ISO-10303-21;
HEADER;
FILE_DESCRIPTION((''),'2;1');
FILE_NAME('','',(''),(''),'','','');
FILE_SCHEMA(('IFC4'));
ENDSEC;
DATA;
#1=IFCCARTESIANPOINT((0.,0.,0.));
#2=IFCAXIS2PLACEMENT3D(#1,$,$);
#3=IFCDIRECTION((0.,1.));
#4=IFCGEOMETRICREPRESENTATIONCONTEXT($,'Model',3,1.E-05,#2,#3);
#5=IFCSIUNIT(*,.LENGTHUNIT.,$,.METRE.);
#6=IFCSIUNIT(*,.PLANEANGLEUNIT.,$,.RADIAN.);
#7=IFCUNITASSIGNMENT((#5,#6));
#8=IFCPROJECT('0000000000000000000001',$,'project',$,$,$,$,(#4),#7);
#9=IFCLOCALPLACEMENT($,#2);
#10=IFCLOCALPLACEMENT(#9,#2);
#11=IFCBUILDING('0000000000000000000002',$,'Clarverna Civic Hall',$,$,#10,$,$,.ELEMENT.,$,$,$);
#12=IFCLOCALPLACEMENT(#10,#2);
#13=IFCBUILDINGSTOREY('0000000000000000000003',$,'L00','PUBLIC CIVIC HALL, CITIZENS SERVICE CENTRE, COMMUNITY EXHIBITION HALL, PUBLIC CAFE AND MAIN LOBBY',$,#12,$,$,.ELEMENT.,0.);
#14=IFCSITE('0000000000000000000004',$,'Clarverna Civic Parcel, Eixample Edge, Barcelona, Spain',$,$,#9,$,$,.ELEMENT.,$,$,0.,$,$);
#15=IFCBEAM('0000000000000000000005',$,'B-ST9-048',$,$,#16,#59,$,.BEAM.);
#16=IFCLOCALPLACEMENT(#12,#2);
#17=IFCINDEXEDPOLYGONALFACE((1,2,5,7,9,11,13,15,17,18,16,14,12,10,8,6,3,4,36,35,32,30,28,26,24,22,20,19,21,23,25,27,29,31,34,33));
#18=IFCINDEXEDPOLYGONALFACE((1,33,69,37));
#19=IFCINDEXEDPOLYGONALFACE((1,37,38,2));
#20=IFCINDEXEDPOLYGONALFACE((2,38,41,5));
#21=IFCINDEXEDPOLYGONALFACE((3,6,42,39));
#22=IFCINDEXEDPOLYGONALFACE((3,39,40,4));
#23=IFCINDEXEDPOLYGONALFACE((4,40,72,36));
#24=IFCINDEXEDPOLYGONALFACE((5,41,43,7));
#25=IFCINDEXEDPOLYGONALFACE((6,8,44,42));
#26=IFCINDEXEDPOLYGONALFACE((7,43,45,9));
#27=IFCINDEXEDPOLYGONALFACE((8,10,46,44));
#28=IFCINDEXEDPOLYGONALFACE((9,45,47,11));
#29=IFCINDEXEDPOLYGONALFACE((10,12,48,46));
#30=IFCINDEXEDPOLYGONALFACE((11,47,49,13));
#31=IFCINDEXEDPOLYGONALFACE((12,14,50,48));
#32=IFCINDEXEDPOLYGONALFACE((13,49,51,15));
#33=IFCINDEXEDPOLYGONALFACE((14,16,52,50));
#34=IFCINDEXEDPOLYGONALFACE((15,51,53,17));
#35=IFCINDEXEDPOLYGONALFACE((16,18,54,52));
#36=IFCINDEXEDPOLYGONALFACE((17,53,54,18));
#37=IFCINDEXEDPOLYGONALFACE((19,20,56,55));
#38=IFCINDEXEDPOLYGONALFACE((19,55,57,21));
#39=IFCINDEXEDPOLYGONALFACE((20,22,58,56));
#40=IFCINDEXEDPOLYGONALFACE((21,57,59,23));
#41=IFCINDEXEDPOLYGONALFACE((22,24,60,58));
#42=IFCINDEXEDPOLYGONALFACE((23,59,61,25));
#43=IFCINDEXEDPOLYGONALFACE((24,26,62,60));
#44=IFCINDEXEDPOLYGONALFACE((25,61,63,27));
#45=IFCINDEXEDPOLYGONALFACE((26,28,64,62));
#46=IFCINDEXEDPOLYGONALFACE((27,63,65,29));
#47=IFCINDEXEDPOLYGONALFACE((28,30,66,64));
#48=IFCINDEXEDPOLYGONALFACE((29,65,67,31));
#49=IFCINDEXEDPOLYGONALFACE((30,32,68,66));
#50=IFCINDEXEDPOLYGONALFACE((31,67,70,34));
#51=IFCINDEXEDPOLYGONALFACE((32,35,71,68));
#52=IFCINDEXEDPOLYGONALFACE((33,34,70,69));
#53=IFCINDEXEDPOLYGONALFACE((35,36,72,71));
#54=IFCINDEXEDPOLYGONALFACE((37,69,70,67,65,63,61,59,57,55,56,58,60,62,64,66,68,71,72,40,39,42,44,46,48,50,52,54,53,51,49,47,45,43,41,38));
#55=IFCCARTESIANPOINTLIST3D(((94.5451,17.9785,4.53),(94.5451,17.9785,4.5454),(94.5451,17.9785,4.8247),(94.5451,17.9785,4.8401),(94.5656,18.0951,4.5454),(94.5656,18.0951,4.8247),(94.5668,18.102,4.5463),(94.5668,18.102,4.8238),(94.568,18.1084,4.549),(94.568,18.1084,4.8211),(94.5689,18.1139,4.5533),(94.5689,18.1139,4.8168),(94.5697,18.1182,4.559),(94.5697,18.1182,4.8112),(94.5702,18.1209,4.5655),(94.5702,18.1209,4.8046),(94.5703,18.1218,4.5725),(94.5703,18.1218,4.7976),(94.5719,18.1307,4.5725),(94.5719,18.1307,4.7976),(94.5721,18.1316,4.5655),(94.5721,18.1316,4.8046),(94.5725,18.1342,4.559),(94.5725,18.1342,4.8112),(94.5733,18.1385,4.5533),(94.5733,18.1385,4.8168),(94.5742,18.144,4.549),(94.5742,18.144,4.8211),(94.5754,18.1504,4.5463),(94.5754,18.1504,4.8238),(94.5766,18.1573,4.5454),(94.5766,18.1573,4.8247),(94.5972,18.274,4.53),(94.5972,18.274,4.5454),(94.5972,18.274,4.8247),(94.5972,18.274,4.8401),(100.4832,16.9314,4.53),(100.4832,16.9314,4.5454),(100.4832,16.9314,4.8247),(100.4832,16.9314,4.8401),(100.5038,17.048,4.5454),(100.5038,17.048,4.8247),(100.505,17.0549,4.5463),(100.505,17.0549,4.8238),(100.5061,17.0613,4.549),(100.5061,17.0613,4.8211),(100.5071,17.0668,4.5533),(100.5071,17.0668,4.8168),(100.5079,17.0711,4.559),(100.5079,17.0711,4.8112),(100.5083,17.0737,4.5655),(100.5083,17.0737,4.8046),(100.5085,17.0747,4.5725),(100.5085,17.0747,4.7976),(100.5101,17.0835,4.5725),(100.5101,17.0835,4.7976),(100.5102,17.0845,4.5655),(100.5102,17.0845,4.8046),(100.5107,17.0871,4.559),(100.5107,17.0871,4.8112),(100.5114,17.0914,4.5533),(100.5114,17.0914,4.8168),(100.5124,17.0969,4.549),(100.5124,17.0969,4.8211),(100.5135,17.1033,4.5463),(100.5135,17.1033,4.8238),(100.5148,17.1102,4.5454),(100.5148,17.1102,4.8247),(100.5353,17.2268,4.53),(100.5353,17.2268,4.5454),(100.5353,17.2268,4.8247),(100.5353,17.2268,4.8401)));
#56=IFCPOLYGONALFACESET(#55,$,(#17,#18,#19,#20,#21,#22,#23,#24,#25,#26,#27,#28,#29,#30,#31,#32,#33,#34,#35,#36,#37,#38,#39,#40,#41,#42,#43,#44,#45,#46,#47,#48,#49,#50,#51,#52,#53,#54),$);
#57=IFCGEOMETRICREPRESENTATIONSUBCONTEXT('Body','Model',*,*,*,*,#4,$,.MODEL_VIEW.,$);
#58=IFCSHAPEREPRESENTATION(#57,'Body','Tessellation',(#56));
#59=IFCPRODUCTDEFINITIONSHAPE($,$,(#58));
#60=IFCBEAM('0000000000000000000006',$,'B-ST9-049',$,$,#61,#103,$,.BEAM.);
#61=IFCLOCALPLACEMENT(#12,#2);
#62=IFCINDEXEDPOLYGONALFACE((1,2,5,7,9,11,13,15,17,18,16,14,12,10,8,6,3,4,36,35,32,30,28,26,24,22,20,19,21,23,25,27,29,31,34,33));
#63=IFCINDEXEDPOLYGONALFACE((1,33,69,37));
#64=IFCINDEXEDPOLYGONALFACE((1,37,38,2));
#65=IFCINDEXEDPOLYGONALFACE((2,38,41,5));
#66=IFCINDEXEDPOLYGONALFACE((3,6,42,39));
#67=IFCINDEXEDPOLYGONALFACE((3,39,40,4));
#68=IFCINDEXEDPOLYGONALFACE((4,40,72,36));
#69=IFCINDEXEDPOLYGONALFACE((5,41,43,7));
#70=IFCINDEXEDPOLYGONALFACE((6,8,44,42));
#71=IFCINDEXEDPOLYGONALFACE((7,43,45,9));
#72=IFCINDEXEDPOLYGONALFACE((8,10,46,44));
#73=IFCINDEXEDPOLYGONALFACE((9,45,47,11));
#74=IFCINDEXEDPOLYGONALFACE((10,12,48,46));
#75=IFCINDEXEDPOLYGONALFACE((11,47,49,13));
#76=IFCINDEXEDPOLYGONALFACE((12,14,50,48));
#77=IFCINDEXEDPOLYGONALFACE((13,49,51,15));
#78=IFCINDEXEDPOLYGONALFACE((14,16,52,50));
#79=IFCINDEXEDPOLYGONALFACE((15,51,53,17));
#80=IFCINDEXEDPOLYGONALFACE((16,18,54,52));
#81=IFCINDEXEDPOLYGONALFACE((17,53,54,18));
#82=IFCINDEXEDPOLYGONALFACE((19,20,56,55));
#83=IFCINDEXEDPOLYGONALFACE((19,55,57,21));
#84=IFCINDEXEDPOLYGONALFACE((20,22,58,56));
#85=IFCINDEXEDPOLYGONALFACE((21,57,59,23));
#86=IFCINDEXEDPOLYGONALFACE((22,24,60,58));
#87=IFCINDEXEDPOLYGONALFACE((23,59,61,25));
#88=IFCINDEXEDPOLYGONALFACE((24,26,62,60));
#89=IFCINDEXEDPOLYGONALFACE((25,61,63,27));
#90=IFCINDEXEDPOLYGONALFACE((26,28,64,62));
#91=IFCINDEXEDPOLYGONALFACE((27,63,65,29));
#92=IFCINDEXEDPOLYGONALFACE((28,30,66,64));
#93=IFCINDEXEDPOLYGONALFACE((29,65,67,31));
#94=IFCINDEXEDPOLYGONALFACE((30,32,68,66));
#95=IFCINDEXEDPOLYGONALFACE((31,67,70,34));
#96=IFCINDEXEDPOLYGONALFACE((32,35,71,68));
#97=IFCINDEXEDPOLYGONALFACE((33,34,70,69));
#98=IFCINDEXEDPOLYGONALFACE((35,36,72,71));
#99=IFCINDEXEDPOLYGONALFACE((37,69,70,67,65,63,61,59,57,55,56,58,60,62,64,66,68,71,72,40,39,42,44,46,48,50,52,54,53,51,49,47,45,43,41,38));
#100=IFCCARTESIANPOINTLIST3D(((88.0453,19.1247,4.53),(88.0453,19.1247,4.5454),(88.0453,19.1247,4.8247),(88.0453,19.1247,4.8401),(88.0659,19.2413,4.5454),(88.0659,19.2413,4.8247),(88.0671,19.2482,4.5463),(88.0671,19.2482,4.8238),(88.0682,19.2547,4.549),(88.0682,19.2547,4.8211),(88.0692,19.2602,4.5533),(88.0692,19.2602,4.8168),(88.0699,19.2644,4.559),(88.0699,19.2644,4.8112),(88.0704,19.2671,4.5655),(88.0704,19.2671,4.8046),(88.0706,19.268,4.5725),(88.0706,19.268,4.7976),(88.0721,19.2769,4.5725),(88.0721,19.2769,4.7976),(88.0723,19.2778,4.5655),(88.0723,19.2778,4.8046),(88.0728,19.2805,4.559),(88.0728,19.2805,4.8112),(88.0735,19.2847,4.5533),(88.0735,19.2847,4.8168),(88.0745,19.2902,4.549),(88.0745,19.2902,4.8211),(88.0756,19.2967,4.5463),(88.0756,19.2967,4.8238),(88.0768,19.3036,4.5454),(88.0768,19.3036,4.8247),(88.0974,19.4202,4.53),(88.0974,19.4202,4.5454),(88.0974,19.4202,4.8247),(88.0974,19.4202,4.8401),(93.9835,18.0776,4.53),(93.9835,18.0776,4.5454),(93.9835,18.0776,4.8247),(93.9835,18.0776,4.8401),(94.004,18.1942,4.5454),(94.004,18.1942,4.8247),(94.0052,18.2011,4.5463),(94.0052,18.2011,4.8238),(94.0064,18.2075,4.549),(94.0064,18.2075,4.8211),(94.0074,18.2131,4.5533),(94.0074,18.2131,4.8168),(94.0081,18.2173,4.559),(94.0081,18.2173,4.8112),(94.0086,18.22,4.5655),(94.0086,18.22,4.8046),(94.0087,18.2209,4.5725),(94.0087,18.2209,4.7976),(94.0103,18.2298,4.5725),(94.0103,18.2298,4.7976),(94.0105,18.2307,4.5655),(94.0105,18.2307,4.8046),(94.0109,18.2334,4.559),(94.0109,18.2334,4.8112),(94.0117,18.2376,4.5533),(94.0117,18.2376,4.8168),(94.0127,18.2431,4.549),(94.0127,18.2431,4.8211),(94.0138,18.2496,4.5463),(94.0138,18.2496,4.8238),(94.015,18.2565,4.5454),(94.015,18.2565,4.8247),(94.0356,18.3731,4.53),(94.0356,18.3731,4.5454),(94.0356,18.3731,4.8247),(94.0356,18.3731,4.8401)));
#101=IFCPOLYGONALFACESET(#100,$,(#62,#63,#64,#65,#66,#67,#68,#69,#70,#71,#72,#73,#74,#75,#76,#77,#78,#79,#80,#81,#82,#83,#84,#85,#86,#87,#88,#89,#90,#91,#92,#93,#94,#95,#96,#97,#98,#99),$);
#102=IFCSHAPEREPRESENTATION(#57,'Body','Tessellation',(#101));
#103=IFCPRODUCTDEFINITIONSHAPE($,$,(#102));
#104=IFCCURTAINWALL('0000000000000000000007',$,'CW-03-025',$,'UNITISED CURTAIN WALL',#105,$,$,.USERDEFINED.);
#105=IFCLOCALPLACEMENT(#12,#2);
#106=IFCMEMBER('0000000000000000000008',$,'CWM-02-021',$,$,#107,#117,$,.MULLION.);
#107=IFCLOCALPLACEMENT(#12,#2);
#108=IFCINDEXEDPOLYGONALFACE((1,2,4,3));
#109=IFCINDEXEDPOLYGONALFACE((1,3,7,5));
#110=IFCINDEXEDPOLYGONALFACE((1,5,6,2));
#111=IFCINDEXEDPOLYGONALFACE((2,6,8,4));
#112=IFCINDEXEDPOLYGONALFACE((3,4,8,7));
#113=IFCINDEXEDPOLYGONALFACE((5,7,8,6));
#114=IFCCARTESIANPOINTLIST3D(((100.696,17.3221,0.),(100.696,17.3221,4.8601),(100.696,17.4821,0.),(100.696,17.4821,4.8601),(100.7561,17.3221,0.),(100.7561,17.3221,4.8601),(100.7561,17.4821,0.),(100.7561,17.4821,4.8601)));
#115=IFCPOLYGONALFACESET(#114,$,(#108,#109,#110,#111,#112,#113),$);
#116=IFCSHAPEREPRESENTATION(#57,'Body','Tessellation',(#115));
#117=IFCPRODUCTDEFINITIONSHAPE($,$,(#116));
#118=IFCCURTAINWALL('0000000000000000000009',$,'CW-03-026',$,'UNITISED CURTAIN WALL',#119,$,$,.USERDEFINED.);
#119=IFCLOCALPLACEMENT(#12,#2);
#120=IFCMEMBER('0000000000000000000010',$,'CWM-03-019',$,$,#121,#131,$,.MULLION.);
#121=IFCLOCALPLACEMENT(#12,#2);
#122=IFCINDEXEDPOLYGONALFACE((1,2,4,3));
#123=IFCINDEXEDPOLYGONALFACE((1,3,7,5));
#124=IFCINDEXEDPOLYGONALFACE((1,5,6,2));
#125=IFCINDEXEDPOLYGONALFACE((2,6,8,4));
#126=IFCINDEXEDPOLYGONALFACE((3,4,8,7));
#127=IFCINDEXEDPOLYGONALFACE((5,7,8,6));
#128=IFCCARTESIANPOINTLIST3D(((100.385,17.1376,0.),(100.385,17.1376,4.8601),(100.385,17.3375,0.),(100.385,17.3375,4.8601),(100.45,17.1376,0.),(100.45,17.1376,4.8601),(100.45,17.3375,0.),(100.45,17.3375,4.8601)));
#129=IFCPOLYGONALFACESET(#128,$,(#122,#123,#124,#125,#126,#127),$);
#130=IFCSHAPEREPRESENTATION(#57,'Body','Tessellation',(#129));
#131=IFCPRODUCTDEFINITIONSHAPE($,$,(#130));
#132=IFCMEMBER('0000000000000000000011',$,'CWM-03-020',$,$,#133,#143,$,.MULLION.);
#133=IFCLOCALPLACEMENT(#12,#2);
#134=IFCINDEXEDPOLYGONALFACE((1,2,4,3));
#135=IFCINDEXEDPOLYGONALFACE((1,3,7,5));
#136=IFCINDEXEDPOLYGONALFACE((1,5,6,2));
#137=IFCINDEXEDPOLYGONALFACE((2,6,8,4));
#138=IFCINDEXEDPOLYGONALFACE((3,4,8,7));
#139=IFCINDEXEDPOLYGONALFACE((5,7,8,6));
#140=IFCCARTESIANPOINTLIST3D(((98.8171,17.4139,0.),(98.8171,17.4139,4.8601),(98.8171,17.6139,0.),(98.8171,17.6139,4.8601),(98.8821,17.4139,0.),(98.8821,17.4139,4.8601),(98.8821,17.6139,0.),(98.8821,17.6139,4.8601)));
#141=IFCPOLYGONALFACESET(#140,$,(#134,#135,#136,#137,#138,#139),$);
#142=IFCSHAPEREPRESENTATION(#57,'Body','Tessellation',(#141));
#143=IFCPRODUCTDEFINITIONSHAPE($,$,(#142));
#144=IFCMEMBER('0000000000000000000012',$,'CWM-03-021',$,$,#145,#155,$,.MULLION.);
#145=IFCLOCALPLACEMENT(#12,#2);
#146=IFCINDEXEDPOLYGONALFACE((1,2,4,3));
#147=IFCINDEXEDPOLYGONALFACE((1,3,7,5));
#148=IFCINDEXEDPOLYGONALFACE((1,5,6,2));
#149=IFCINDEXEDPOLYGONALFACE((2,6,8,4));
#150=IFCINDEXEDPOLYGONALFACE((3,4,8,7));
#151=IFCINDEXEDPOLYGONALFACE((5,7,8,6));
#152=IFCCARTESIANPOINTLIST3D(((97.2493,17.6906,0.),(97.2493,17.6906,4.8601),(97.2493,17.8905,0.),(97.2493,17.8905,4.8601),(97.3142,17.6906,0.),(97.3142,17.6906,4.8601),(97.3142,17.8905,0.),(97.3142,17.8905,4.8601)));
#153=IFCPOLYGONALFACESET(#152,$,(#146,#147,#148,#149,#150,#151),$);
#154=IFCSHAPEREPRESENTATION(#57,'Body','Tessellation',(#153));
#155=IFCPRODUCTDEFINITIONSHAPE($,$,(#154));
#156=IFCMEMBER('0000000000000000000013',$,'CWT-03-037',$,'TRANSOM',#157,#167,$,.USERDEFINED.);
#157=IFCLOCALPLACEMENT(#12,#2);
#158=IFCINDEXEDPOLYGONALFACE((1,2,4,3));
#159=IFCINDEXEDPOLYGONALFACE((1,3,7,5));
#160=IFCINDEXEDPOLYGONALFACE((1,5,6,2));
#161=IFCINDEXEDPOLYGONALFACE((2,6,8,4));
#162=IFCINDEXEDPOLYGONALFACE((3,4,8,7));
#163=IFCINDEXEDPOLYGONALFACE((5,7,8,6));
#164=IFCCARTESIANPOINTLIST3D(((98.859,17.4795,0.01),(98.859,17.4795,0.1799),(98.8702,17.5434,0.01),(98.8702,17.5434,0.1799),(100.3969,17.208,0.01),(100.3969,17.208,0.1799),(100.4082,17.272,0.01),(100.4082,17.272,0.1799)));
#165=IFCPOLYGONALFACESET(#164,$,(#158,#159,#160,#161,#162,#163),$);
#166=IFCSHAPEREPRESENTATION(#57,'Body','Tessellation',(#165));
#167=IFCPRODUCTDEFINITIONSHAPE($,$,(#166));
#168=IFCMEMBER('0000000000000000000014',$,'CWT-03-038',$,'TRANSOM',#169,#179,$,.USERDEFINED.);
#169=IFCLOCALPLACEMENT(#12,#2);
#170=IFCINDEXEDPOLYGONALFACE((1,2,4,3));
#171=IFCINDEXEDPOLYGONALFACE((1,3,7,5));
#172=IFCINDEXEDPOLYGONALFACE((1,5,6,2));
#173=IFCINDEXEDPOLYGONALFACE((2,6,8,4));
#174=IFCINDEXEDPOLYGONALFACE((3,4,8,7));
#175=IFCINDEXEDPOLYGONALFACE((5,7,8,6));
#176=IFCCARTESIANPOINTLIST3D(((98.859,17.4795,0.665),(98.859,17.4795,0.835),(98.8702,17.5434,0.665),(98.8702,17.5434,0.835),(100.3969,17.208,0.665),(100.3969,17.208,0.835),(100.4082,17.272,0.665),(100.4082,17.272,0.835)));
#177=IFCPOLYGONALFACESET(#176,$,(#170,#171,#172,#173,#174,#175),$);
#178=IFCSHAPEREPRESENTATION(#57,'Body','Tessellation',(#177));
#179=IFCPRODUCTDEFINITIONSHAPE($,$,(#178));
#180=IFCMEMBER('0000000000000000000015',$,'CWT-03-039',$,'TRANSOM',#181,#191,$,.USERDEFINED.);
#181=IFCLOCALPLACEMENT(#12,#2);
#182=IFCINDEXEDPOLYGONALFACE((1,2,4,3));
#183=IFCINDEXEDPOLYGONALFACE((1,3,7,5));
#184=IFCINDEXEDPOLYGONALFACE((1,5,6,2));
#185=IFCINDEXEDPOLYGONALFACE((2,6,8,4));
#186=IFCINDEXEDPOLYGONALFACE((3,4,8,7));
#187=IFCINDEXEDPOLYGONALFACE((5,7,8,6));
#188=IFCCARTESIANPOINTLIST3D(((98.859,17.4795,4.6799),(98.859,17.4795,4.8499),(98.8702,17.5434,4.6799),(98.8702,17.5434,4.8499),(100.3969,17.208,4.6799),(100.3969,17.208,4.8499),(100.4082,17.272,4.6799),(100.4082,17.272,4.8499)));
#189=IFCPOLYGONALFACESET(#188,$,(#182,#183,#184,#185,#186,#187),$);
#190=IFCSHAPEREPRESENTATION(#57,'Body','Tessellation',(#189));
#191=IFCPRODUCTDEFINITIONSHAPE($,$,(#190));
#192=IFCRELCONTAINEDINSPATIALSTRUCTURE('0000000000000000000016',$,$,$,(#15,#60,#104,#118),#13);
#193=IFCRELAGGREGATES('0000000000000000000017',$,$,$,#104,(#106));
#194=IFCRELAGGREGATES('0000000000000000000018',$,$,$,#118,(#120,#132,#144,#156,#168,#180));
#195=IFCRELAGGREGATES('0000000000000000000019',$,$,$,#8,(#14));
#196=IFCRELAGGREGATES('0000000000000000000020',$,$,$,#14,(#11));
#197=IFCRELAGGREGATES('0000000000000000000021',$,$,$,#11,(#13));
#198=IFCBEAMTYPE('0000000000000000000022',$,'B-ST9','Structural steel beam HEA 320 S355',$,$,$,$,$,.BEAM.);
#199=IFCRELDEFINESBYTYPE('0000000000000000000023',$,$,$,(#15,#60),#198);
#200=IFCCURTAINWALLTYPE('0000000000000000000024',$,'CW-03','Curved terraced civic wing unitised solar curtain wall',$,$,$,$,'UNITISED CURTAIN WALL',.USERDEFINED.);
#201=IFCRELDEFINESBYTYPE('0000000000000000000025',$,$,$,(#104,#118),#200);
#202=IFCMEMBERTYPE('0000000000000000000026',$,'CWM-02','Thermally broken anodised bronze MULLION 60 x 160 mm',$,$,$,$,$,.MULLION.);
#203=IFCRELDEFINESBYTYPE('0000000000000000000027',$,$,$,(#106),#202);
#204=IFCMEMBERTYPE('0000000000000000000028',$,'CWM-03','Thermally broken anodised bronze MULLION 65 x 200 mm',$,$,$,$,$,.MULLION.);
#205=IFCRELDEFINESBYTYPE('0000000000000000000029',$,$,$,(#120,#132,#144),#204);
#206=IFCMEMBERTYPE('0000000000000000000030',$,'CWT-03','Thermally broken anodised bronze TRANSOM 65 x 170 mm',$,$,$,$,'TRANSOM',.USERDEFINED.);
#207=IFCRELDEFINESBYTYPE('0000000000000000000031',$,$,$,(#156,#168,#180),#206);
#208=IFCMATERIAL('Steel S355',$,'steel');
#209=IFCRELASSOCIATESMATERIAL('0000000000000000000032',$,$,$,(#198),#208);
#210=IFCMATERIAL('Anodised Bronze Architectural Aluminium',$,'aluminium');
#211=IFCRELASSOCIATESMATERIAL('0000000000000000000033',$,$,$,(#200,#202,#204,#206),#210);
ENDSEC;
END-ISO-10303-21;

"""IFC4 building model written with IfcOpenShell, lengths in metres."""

from ifc_helpers import new_model, si_unit, direction, frame, origin, origin_2d, place, context, subcontext, project, spatial, rectangle, i_section, extrude, material, material_profile, profile_set, type_object, element, aggregate, save


model = new_model("IFC4")

# Units and contexts
model_context = context("Model", 3, precision=1e-05, world=origin(), true_north=direction((0.0, 1.0)))
body_context = subcontext(model_context, "Body", "Model", "MODEL_VIEW")
ifc_project = project(units=[si_unit("LENGTHUNIT", "METRE"), si_unit("PLANEANGLEUNIT", "RADIAN")], contexts=[model_context])

# Site, building, storey
site_placement = place(None, origin())
site = spatial("IfcSite", under=ifc_project, at=site_placement, Name="Clarverna Civic Parcel, Eixample Edge, Barcelona, Spain", CompositionType="ELEMENT", RefElevation=0.0)
building_placement = place(site_placement, origin())
building = spatial("IfcBuilding", under=site, at=building_placement, Name="Clarverna Civic Hall", CompositionType="ELEMENT")
storey_placement = place(building_placement, origin())
storey = spatial("IfcBuildingStorey", under=building, at=storey_placement, Name="L00", Description="PUBLIC CIVIC HALL, CITIZENS SERVICE CENTRE, COMMUNITY EXHIBITION HALL, PUBLIC CAFE AND MAIN LOBBY", CompositionType="ELEMENT", Elevation=0.0)

# Shared definitions
ifc_material_1 = material(Name="Steel S355", Category="steel")

# Beams
ifc_material_profile_1 = material_profile(ifc_material_1, i_section(OverallWidth=0.3, OverallDepth=0.3101, WebThickness=0.009, FlangeThickness=0.0154, FilletRadius=0.0271, at=origin_2d()), Name="HEA 320")
ifc_profile_set_1 = profile_set([ifc_material_profile_1], Name="Steel S355")
beam_type_1 = type_object("IfcBeamType", Name="B-ST9", Description="Structural steel beam HEA 320 S355", PredefinedType="BEAM", material=ifc_profile_set_1)
for number, where, z_axis, x_axis, name in (
    (1, (100.5093, 17.0791, 4.6851), (-0.984806, 0.173656, 0.0), (-0.173656, -0.984806, 0.0), "B-ST9-048"),
    (2, (94.0095, 18.2253, 4.6851), (-0.984806, 0.173656, 0.0), (-0.173656, -0.984806, 0.0), "B-ST9-049"),
):
    element("IfcBeam", number, at=place(storey_placement, frame(where, z_axis=z_axis, x_axis=x_axis)), inside=storey, type_object=beam_type_1, Name=name, PredefinedType="BEAM", context=body_context, shape_type="SweptSolid", body=[
        extrude(i_section(OverallWidth=0.3, OverallDepth=0.3101, WebThickness=0.009, FlangeThickness=0.0154, FilletRadius=0.0271, at=origin_2d()), origin(), (0.0, 0.0, 1.0), 6.0298),
    ])

# Curtain wall, member
ifc_material_2 = material(Name="Anodised Bronze Architectural Aluminium", Category="aluminium")
curtain_wall_type = type_object("IfcCurtainWallType", Name="CW-03", Description="Curved terraced civic wing unitised solar curtain wall", ElementType="UNITISED CURTAIN WALL", PredefinedType="USERDEFINED", material=ifc_material_2)
curtain_wall_1_placement = place(storey_placement, origin())
curtain_wall_1 = element("IfcCurtainWall", 3, at=curtain_wall_1_placement, inside=storey, type_object=curtain_wall_type, Name="CW-03-025", ObjectType="UNITISED CURTAIN WALL", PredefinedType="USERDEFINED")
ifc_material_profile_2 = material_profile(ifc_material_2, rectangle(XDim=0.0601, YDim=0.1599, at=origin_2d()), Name="BRONZE 60x160")
ifc_profile_set_2 = profile_set([ifc_material_profile_2], Name="Anodised Bronze Architectural Aluminium")
member_type_1 = type_object("IfcMemberType", Name="CWM-02", Description="Thermally broken anodised bronze MULLION 60 x 160 mm", PredefinedType="MULLION", material=ifc_profile_set_2)
member_1_placement = place(storey_placement, frame((100.7261, 17.4021, 0.0), z_axis=(0.0, 0.0, 1.0), x_axis=(1.0, 0.0, 0.0)))
member_1 = element("IfcMember", 4, at=member_1_placement, type_object=member_type_1, Name="CWM-02-021", PredefinedType="MULLION", context=body_context, shape_type="SweptSolid", body=[
    extrude(rectangle(XDim=0.0601, YDim=0.1599, at=origin_2d()), origin(), (0.0, 0.0, 1.0), 4.8601),
])
aggregate(curtain_wall_1, [member_1])

# Curtain wall, members
curtain_wall_2_placement = place(storey_placement, origin())
curtain_wall_2 = element("IfcCurtainWall", 5, at=curtain_wall_2_placement, inside=storey, type_object=curtain_wall_type, Name="CW-03-026", ObjectType="UNITISED CURTAIN WALL", PredefinedType="USERDEFINED")
ifc_material_profile_3 = material_profile(ifc_material_2, rectangle(XDim=0.0649, YDim=0.2, at=origin_2d()), Name="BRONZE 65x200")
ifc_profile_set_3 = profile_set([ifc_material_profile_3], Name="Anodised Bronze Architectural Aluminium")
member_type_2 = type_object("IfcMemberType", Name="CWM-03", Description="Thermally broken anodised bronze MULLION 65 x 200 mm", PredefinedType="MULLION", material=ifc_profile_set_3)
member_2_placement = place(storey_placement, frame((100.4175, 17.2375, 0.0), z_axis=(0.0, 0.0, 1.0), x_axis=(1.0, 0.0, 0.0)))
member_2 = element("IfcMember", 6, at=member_2_placement, type_object=member_type_2, Name="CWM-03-019", PredefinedType="MULLION", context=body_context, shape_type="SweptSolid", body=[
    extrude(rectangle(XDim=0.0649, YDim=0.2, at=origin_2d()), origin(), (0.0, 0.0, 1.0), 4.8601),
])
member_3_placement = place(storey_placement, frame((98.8496, 17.5139, 0.0), z_axis=(0.0, 0.0, 1.0), x_axis=(1.0, 0.0, 0.0)))
member_3 = element("IfcMember", 7, at=member_3_placement, type_object=member_type_2, Name="CWM-03-020", PredefinedType="MULLION", context=body_context, shape_type="SweptSolid", body=[
    extrude(rectangle(XDim=0.0649, YDim=0.2, at=origin_2d()), origin(), (0.0, 0.0, 1.0), 4.8601),
])
member_4_placement = place(storey_placement, frame((97.2817, 17.7905, 0.0), z_axis=(0.0, 0.0, 1.0), x_axis=(1.0, 0.0, 0.0)))
member_4 = element("IfcMember", 8, at=member_4_placement, type_object=member_type_2, Name="CWM-03-021", PredefinedType="MULLION", context=body_context, shape_type="SweptSolid", body=[
    extrude(rectangle(XDim=0.0649, YDim=0.2, at=origin_2d()), origin(), (0.0, 0.0, 1.0), 4.8601),
])
ifc_material_profile_4 = material_profile(ifc_material_2, rectangle(XDim=0.0649, YDim=0.1699, at=origin_2d()), Name="BRONZE 65x170")
ifc_profile_set_4 = profile_set([ifc_material_profile_4], Name="Anodised Bronze Architectural Aluminium")
member_type_3 = type_object("IfcMemberType", Name="CWT-03", Description="Thermally broken anodised bronze TRANSOM 65 x 170 mm", ElementType="TRANSOM", PredefinedType="USERDEFINED", material=ifc_profile_set_4)
member_5_placement = place(storey_placement, frame((100.4026, 17.24, 0.095), z_axis=(-0.984777, 0.173821, 0.0), x_axis=(-0.173821, -0.984777, 0.0)))
member_5 = element("IfcMember", 9, at=member_5_placement, type_object=member_type_3, Name="CWT-03-037", ObjectType="TRANSOM", PredefinedType="USERDEFINED", context=body_context, shape_type="SweptSolid", body=[
    extrude(rectangle(XDim=0.0649, YDim=0.1699, at=origin_2d()), origin(), (0.0, 0.0, 1.0), 1.5618),
])
member_6_placement = place(storey_placement, frame((100.4026, 17.24, 0.75), z_axis=(-0.984777, 0.173821, 0.0), x_axis=(-0.173821, -0.984777, 0.0)))
member_6 = element("IfcMember", 10, at=member_6_placement, type_object=member_type_3, Name="CWT-03-038", ObjectType="TRANSOM", PredefinedType="USERDEFINED", context=body_context, shape_type="SweptSolid", body=[
    extrude(rectangle(XDim=0.0649, YDim=0.1699, at=origin_2d()), origin(), (0.0, 0.0, 1.0), 1.5618),
])
member_7_placement = place(storey_placement, frame((100.4026, 17.24, 4.7649), z_axis=(-0.984777, 0.173821, 0.0), x_axis=(-0.173821, -0.984777, 0.0)))
member_7 = element("IfcMember", 11, at=member_7_placement, type_object=member_type_3, Name="CWT-03-039", ObjectType="TRANSOM", PredefinedType="USERDEFINED", context=body_context, shape_type="SweptSolid", body=[
    extrude(rectangle(XDim=0.0649, YDim=0.1699, at=origin_2d()), origin(), (0.0, 0.0, 1.0), 1.5618),
])
aggregate(curtain_wall_2, [member_2, member_3, member_4, member_5, member_6, member_7])

save(model, "model.ifc")
